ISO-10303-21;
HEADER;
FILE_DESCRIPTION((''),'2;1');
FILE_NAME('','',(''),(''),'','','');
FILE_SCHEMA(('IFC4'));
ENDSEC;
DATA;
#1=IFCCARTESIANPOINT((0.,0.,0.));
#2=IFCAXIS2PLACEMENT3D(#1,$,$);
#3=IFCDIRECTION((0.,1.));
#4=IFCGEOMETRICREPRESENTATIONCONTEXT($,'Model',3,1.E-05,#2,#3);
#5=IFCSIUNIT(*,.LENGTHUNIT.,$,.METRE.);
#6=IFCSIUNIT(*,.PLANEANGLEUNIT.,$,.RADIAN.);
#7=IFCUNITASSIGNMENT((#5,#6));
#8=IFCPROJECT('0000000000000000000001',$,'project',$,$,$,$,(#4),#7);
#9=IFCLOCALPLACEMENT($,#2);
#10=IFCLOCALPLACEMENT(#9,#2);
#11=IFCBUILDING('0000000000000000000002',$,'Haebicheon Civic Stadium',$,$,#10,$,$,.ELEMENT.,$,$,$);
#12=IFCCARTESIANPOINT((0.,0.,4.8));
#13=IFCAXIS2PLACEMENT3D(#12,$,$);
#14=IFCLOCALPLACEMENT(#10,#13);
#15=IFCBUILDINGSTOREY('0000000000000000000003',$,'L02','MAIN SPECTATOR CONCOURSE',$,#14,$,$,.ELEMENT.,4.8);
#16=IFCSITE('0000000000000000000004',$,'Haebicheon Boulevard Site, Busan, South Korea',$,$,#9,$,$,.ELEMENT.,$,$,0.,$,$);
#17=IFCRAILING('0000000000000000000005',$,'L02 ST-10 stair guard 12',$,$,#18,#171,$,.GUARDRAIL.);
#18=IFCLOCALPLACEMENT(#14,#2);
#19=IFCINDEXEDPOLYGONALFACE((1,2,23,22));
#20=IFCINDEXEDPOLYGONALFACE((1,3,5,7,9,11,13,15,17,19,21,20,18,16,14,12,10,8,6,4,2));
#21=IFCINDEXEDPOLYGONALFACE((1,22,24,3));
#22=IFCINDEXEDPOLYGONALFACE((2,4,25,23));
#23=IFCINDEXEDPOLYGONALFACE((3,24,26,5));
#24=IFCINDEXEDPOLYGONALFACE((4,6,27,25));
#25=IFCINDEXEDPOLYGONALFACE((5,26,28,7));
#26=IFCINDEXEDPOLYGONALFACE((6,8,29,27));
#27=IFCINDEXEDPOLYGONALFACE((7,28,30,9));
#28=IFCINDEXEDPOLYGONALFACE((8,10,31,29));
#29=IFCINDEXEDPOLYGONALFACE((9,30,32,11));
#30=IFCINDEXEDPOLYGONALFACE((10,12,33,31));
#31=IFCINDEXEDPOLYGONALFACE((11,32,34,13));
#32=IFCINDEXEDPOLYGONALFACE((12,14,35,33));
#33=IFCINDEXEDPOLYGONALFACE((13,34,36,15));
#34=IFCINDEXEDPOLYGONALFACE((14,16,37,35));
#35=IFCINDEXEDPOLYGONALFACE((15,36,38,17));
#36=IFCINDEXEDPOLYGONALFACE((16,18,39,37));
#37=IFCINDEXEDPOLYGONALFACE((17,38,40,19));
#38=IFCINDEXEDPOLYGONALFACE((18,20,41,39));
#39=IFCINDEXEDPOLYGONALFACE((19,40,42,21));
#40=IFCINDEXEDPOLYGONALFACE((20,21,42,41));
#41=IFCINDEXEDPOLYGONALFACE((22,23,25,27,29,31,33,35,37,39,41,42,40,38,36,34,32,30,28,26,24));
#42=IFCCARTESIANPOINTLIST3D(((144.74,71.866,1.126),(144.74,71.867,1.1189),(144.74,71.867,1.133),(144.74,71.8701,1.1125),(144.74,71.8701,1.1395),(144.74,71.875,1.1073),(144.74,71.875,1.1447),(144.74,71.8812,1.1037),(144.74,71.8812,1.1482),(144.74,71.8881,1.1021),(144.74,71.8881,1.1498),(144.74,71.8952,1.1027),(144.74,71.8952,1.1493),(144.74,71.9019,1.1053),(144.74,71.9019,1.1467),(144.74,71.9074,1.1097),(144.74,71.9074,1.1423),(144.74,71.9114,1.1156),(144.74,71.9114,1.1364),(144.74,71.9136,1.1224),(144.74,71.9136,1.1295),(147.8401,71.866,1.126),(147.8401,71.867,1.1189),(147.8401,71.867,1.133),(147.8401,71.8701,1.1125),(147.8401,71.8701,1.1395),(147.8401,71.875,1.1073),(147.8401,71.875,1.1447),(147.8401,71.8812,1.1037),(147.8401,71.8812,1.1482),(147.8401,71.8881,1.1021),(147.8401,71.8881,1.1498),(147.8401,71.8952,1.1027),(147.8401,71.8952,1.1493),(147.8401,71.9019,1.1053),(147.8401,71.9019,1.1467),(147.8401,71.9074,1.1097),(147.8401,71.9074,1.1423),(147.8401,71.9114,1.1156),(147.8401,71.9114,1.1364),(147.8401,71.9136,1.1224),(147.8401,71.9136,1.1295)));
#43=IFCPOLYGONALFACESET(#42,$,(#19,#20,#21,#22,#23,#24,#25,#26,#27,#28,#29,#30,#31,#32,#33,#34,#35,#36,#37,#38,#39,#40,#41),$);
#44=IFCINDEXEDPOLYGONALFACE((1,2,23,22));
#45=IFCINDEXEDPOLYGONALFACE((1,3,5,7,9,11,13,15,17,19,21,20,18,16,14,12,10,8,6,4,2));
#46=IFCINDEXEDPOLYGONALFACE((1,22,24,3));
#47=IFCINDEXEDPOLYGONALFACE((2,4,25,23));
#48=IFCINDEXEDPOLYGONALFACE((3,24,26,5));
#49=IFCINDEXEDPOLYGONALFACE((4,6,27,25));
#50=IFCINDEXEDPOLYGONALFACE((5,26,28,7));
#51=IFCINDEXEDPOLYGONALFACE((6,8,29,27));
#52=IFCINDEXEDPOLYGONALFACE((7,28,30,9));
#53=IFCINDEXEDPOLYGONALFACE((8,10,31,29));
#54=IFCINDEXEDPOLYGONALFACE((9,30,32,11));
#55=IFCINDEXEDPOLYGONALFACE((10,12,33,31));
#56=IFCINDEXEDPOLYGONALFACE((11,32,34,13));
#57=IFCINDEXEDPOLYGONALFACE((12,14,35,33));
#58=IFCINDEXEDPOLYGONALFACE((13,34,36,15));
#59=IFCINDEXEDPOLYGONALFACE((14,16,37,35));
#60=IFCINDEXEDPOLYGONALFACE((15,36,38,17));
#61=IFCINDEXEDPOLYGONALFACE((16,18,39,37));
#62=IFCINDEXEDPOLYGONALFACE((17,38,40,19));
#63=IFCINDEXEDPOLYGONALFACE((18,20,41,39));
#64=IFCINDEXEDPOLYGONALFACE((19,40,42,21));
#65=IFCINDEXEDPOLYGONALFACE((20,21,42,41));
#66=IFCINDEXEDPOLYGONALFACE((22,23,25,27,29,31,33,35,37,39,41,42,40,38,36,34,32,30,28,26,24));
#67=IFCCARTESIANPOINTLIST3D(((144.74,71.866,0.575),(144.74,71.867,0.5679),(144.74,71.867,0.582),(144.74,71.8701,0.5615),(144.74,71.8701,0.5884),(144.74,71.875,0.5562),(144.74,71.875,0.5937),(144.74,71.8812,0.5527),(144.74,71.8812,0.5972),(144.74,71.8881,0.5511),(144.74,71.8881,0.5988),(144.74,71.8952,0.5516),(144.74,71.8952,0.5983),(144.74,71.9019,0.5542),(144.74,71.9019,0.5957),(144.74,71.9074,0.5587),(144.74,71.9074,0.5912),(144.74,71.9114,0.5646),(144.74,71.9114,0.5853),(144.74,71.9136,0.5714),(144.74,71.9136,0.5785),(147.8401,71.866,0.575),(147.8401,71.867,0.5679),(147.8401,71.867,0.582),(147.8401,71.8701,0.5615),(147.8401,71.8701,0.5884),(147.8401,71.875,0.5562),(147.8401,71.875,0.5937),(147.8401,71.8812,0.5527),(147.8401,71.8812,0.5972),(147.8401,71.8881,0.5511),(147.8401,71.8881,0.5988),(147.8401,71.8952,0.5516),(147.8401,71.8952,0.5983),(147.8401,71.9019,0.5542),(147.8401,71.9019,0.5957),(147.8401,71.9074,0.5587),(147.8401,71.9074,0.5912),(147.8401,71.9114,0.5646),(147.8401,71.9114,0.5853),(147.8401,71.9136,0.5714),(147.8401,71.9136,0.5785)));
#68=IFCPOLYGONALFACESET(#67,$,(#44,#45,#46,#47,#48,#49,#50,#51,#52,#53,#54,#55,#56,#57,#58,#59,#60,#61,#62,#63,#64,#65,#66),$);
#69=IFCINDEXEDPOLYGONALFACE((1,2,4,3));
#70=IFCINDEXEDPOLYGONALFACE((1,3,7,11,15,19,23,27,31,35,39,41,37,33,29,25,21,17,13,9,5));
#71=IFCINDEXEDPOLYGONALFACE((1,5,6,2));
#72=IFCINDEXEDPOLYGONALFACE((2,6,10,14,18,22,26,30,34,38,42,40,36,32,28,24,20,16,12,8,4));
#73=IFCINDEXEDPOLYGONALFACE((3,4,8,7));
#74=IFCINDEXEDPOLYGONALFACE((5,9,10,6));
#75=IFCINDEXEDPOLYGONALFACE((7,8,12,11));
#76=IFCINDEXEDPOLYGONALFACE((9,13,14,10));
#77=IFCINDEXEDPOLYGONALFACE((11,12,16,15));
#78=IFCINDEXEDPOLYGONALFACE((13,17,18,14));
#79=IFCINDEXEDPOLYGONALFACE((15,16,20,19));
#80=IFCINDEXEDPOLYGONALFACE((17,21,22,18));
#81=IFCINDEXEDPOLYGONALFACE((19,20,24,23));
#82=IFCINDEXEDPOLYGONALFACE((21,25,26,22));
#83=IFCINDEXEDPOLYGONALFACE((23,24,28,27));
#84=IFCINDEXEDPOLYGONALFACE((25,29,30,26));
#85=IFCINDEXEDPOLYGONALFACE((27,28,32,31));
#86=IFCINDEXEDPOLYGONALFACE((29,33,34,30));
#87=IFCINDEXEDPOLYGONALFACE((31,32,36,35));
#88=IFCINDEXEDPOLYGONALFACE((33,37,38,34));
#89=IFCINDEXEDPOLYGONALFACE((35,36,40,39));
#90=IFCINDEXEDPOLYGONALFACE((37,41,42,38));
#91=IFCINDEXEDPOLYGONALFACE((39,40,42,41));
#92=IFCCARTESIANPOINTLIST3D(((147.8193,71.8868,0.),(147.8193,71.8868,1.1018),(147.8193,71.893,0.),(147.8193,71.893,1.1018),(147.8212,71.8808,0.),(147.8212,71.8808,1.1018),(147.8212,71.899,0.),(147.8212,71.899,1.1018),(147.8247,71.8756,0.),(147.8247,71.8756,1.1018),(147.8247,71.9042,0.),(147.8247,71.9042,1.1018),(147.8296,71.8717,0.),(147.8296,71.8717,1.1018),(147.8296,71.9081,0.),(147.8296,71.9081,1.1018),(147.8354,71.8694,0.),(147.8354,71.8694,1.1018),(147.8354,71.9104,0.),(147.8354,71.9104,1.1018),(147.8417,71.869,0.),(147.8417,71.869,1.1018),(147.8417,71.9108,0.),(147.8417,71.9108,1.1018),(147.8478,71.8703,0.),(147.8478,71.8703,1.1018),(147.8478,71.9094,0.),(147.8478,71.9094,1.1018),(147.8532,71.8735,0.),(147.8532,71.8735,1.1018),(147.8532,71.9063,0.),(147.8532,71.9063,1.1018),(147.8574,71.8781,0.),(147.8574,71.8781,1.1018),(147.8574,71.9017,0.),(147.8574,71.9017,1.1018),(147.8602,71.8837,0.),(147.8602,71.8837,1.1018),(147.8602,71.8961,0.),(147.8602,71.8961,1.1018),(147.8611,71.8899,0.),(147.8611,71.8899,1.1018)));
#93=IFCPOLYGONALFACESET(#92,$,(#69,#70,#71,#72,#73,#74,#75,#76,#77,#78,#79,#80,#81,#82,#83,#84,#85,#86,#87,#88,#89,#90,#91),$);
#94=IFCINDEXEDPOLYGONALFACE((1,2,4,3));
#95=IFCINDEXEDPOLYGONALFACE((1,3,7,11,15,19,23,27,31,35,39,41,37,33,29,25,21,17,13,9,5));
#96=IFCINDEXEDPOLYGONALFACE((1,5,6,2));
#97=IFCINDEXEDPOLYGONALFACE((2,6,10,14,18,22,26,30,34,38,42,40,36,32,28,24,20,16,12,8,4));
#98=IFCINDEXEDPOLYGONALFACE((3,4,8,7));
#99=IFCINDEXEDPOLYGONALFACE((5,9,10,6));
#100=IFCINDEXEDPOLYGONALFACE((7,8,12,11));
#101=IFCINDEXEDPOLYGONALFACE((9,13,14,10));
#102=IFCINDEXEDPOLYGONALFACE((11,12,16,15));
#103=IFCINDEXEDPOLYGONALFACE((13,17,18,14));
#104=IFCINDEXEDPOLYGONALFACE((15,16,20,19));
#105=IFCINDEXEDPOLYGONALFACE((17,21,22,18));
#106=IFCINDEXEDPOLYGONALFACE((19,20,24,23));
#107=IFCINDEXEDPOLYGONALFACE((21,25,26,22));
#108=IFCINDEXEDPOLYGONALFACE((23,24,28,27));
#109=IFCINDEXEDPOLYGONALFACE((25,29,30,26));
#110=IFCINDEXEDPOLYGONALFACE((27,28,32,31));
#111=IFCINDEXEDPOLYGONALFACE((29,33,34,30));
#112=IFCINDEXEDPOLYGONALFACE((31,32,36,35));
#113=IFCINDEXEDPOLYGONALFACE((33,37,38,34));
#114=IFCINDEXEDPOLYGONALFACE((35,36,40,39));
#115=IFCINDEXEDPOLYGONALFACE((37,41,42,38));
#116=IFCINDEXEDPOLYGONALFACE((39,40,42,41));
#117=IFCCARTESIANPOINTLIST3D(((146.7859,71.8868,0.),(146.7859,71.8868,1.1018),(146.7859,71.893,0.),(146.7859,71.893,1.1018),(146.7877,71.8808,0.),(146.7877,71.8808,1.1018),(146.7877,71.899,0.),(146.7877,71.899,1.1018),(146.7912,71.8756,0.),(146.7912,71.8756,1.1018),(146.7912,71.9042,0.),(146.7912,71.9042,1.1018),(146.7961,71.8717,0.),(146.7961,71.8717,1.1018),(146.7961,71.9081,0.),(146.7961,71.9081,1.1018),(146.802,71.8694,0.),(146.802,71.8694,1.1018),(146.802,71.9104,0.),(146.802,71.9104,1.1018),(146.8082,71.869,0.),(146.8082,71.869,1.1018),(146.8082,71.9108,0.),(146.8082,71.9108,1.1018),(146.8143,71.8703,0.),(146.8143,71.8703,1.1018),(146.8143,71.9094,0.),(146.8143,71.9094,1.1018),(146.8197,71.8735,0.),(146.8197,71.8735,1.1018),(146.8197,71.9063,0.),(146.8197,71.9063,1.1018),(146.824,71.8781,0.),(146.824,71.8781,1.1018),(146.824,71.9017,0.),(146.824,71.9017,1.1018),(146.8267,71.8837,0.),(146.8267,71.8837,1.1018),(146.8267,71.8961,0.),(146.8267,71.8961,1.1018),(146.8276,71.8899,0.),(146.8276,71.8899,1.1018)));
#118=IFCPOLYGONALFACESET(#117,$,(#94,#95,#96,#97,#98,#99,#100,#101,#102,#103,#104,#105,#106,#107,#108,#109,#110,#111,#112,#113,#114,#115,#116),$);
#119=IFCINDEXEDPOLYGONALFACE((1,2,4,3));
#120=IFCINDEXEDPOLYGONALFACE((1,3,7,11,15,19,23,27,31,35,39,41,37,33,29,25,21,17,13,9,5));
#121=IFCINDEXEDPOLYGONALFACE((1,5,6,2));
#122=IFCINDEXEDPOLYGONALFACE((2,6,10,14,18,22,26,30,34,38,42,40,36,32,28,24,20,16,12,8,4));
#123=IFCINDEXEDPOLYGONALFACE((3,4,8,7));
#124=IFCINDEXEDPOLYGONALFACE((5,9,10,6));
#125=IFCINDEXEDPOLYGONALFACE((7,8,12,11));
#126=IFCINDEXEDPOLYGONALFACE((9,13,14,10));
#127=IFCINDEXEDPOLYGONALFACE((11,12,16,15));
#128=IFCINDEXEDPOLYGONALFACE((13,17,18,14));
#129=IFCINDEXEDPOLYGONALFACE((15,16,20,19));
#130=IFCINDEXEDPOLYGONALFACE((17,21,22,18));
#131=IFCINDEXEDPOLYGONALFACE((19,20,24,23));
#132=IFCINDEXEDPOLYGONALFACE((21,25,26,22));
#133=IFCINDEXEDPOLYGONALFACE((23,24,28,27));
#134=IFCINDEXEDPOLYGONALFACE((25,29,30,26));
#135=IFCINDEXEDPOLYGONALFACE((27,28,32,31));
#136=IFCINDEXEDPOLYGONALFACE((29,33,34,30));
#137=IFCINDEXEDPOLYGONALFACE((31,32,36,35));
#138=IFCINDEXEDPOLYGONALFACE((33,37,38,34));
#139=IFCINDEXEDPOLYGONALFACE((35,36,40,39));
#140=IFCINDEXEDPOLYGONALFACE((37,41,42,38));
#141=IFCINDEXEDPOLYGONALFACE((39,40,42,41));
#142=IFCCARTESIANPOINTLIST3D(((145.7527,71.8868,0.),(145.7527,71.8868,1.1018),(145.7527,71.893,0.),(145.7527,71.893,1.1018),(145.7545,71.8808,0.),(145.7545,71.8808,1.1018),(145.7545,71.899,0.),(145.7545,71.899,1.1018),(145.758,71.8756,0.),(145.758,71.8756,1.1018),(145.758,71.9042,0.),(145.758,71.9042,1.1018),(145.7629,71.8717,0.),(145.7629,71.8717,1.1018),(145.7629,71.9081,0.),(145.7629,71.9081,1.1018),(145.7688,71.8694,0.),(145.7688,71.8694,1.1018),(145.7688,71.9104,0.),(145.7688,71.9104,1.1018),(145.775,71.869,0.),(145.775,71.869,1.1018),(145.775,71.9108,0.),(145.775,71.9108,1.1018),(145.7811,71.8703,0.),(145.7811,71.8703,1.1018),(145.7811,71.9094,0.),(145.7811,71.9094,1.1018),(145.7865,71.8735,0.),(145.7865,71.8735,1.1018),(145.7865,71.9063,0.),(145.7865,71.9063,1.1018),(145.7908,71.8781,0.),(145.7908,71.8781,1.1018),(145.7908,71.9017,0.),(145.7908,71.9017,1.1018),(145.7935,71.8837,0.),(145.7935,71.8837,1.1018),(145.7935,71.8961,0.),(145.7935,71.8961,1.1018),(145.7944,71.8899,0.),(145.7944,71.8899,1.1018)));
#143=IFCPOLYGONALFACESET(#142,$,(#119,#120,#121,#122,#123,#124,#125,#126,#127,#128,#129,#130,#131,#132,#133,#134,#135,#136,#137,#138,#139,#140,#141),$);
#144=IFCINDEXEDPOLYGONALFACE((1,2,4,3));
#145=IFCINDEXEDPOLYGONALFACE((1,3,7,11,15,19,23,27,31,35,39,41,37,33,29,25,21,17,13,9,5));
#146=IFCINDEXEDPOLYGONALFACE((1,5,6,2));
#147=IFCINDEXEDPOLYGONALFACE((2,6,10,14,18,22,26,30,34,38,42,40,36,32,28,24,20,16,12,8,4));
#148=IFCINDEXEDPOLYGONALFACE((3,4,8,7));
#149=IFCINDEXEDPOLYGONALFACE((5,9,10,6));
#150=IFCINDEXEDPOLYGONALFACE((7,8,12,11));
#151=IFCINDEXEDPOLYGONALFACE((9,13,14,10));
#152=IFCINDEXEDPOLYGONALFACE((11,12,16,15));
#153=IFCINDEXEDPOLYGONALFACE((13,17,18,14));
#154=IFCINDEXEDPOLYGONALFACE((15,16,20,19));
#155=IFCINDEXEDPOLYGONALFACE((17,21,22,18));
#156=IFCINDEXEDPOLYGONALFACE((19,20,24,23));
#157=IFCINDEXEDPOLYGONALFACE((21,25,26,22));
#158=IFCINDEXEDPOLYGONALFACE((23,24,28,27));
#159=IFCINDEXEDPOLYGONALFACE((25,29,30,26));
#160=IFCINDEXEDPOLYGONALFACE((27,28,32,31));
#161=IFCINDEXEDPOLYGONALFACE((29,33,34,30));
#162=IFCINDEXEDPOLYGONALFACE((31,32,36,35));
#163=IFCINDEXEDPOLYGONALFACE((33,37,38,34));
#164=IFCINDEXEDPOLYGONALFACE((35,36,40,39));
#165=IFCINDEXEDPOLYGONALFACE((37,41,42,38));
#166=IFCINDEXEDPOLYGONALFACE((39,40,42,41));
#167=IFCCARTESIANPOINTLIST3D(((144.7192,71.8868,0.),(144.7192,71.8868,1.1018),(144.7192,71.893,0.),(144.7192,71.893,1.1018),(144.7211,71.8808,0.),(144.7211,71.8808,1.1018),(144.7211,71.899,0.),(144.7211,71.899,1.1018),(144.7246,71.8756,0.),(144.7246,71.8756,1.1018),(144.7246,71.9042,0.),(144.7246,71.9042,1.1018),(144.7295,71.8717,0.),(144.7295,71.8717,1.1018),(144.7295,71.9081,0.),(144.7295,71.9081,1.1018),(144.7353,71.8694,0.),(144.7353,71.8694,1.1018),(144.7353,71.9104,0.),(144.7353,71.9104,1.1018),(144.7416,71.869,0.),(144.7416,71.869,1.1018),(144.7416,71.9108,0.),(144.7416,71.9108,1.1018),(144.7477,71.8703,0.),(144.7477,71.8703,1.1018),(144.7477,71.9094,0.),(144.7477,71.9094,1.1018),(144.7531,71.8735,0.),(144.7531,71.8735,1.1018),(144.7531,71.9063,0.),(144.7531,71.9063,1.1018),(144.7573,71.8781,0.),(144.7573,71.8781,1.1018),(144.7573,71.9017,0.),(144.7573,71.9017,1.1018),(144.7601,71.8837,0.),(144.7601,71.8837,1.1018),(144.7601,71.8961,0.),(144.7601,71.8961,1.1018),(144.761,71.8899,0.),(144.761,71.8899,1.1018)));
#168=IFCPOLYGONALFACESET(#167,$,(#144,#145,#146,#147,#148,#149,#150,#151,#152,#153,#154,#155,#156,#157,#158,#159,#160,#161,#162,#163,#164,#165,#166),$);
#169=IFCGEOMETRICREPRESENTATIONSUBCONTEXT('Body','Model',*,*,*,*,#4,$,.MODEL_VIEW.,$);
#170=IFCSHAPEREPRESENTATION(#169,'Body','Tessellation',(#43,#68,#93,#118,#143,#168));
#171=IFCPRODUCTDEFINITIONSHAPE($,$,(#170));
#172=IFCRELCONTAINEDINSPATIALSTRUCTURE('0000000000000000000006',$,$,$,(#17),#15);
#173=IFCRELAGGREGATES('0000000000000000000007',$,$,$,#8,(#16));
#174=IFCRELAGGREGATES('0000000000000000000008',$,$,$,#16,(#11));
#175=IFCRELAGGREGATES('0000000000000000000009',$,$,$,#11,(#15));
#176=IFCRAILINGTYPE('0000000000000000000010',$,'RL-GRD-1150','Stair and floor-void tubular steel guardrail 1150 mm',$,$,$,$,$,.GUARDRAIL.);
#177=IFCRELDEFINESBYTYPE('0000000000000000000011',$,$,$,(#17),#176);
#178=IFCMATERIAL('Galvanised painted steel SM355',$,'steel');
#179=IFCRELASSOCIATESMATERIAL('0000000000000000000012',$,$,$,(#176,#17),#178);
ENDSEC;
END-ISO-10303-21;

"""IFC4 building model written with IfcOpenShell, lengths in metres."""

from ifc_helpers import new_model, si_unit, direction, frame, origin, origin_2d, place, context, subcontext, project, spatial, circle, extrude, material, type_object, element, save


model = new_model("IFC4")

# Units and contexts
model_context = context("Model", 3, precision=1e-05, world=origin(), true_north=direction((0.0, 1.0)))
body_context = subcontext(model_context, "Body", "Model", "MODEL_VIEW")
ifc_project = project(units=[si_unit("LENGTHUNIT", "METRE"), si_unit("PLANEANGLEUNIT", "RADIAN")], contexts=[model_context])

# Site, building, storey
site_placement = place(None, origin())
site = spatial("IfcSite", under=ifc_project, at=site_placement, Name="Haebicheon Boulevard Site, Busan, South Korea", CompositionType="ELEMENT", RefElevation=0.0)
building_placement = place(site_placement, origin())
building = spatial("IfcBuilding", under=site, at=building_placement, Name="Haebicheon Civic Stadium", CompositionType="ELEMENT")
storey_placement = place(building_placement, frame((0.0, 0.0, 4.8)))
storey = spatial("IfcBuildingStorey", under=building, at=storey_placement, Name="L02", Description="MAIN SPECTATOR CONCOURSE", CompositionType="ELEMENT", Elevation=4.8)

# Railing
ifc_material_1 = material(Name="Galvanised painted steel SM355", Category="steel")
railing_type_1 = type_object("IfcRailingType", Name="RL-GRD-1150", Description="Stair and floor-void tubular steel guardrail 1150 mm", PredefinedType="GUARDRAIL", material=ifc_material_1)
railing_1_placement = place(storey_placement, frame((147.8401, 71.8899, 0.0)))
element("IfcRailing", 1, at=railing_1_placement, inside=storey, type_object=railing_type_1, material=ifc_material_1, Name="L02 ST-10 stair guard 12", PredefinedType="GUARDRAIL", context=body_context, shape_type="SweptSolid", body=[
    extrude(circle(Radius=0.0239, at=origin_2d()), frame((0.0, 0.0, 1.126), z_axis=(-1.0, 0.0, 0.0), x_axis=(0.0, -1.0, 0.0)), (0.0, 0.0, 1.0), 3.1001),
    extrude(circle(Radius=0.0239, at=origin_2d()), frame((0.0, 0.0, 0.575), z_axis=(-1.0, 0.0, 0.0), x_axis=(0.0, -1.0, 0.0)), (0.0, 0.0, 1.0), 3.1001),
    extrude(circle(Radius=0.021, at=origin_2d()), origin(), (0.0, 0.0, 1.0), 1.1018),
    extrude(circle(Radius=0.021, at=origin_2d()), frame((-1.0334, 0.0, 0.0)), (0.0, 0.0, 1.0), 1.1018),
    extrude(circle(Radius=0.021, at=origin_2d()), frame((-2.0667, 0.0, 0.0)), (0.0, 0.0, 1.0), 1.1018),
    extrude(circle(Radius=0.021, at=origin_2d()), frame((-3.1001, 0.0, 0.0)), (0.0, 0.0, 1.0), 1.1018),
])

save(model, "model.ifc")
